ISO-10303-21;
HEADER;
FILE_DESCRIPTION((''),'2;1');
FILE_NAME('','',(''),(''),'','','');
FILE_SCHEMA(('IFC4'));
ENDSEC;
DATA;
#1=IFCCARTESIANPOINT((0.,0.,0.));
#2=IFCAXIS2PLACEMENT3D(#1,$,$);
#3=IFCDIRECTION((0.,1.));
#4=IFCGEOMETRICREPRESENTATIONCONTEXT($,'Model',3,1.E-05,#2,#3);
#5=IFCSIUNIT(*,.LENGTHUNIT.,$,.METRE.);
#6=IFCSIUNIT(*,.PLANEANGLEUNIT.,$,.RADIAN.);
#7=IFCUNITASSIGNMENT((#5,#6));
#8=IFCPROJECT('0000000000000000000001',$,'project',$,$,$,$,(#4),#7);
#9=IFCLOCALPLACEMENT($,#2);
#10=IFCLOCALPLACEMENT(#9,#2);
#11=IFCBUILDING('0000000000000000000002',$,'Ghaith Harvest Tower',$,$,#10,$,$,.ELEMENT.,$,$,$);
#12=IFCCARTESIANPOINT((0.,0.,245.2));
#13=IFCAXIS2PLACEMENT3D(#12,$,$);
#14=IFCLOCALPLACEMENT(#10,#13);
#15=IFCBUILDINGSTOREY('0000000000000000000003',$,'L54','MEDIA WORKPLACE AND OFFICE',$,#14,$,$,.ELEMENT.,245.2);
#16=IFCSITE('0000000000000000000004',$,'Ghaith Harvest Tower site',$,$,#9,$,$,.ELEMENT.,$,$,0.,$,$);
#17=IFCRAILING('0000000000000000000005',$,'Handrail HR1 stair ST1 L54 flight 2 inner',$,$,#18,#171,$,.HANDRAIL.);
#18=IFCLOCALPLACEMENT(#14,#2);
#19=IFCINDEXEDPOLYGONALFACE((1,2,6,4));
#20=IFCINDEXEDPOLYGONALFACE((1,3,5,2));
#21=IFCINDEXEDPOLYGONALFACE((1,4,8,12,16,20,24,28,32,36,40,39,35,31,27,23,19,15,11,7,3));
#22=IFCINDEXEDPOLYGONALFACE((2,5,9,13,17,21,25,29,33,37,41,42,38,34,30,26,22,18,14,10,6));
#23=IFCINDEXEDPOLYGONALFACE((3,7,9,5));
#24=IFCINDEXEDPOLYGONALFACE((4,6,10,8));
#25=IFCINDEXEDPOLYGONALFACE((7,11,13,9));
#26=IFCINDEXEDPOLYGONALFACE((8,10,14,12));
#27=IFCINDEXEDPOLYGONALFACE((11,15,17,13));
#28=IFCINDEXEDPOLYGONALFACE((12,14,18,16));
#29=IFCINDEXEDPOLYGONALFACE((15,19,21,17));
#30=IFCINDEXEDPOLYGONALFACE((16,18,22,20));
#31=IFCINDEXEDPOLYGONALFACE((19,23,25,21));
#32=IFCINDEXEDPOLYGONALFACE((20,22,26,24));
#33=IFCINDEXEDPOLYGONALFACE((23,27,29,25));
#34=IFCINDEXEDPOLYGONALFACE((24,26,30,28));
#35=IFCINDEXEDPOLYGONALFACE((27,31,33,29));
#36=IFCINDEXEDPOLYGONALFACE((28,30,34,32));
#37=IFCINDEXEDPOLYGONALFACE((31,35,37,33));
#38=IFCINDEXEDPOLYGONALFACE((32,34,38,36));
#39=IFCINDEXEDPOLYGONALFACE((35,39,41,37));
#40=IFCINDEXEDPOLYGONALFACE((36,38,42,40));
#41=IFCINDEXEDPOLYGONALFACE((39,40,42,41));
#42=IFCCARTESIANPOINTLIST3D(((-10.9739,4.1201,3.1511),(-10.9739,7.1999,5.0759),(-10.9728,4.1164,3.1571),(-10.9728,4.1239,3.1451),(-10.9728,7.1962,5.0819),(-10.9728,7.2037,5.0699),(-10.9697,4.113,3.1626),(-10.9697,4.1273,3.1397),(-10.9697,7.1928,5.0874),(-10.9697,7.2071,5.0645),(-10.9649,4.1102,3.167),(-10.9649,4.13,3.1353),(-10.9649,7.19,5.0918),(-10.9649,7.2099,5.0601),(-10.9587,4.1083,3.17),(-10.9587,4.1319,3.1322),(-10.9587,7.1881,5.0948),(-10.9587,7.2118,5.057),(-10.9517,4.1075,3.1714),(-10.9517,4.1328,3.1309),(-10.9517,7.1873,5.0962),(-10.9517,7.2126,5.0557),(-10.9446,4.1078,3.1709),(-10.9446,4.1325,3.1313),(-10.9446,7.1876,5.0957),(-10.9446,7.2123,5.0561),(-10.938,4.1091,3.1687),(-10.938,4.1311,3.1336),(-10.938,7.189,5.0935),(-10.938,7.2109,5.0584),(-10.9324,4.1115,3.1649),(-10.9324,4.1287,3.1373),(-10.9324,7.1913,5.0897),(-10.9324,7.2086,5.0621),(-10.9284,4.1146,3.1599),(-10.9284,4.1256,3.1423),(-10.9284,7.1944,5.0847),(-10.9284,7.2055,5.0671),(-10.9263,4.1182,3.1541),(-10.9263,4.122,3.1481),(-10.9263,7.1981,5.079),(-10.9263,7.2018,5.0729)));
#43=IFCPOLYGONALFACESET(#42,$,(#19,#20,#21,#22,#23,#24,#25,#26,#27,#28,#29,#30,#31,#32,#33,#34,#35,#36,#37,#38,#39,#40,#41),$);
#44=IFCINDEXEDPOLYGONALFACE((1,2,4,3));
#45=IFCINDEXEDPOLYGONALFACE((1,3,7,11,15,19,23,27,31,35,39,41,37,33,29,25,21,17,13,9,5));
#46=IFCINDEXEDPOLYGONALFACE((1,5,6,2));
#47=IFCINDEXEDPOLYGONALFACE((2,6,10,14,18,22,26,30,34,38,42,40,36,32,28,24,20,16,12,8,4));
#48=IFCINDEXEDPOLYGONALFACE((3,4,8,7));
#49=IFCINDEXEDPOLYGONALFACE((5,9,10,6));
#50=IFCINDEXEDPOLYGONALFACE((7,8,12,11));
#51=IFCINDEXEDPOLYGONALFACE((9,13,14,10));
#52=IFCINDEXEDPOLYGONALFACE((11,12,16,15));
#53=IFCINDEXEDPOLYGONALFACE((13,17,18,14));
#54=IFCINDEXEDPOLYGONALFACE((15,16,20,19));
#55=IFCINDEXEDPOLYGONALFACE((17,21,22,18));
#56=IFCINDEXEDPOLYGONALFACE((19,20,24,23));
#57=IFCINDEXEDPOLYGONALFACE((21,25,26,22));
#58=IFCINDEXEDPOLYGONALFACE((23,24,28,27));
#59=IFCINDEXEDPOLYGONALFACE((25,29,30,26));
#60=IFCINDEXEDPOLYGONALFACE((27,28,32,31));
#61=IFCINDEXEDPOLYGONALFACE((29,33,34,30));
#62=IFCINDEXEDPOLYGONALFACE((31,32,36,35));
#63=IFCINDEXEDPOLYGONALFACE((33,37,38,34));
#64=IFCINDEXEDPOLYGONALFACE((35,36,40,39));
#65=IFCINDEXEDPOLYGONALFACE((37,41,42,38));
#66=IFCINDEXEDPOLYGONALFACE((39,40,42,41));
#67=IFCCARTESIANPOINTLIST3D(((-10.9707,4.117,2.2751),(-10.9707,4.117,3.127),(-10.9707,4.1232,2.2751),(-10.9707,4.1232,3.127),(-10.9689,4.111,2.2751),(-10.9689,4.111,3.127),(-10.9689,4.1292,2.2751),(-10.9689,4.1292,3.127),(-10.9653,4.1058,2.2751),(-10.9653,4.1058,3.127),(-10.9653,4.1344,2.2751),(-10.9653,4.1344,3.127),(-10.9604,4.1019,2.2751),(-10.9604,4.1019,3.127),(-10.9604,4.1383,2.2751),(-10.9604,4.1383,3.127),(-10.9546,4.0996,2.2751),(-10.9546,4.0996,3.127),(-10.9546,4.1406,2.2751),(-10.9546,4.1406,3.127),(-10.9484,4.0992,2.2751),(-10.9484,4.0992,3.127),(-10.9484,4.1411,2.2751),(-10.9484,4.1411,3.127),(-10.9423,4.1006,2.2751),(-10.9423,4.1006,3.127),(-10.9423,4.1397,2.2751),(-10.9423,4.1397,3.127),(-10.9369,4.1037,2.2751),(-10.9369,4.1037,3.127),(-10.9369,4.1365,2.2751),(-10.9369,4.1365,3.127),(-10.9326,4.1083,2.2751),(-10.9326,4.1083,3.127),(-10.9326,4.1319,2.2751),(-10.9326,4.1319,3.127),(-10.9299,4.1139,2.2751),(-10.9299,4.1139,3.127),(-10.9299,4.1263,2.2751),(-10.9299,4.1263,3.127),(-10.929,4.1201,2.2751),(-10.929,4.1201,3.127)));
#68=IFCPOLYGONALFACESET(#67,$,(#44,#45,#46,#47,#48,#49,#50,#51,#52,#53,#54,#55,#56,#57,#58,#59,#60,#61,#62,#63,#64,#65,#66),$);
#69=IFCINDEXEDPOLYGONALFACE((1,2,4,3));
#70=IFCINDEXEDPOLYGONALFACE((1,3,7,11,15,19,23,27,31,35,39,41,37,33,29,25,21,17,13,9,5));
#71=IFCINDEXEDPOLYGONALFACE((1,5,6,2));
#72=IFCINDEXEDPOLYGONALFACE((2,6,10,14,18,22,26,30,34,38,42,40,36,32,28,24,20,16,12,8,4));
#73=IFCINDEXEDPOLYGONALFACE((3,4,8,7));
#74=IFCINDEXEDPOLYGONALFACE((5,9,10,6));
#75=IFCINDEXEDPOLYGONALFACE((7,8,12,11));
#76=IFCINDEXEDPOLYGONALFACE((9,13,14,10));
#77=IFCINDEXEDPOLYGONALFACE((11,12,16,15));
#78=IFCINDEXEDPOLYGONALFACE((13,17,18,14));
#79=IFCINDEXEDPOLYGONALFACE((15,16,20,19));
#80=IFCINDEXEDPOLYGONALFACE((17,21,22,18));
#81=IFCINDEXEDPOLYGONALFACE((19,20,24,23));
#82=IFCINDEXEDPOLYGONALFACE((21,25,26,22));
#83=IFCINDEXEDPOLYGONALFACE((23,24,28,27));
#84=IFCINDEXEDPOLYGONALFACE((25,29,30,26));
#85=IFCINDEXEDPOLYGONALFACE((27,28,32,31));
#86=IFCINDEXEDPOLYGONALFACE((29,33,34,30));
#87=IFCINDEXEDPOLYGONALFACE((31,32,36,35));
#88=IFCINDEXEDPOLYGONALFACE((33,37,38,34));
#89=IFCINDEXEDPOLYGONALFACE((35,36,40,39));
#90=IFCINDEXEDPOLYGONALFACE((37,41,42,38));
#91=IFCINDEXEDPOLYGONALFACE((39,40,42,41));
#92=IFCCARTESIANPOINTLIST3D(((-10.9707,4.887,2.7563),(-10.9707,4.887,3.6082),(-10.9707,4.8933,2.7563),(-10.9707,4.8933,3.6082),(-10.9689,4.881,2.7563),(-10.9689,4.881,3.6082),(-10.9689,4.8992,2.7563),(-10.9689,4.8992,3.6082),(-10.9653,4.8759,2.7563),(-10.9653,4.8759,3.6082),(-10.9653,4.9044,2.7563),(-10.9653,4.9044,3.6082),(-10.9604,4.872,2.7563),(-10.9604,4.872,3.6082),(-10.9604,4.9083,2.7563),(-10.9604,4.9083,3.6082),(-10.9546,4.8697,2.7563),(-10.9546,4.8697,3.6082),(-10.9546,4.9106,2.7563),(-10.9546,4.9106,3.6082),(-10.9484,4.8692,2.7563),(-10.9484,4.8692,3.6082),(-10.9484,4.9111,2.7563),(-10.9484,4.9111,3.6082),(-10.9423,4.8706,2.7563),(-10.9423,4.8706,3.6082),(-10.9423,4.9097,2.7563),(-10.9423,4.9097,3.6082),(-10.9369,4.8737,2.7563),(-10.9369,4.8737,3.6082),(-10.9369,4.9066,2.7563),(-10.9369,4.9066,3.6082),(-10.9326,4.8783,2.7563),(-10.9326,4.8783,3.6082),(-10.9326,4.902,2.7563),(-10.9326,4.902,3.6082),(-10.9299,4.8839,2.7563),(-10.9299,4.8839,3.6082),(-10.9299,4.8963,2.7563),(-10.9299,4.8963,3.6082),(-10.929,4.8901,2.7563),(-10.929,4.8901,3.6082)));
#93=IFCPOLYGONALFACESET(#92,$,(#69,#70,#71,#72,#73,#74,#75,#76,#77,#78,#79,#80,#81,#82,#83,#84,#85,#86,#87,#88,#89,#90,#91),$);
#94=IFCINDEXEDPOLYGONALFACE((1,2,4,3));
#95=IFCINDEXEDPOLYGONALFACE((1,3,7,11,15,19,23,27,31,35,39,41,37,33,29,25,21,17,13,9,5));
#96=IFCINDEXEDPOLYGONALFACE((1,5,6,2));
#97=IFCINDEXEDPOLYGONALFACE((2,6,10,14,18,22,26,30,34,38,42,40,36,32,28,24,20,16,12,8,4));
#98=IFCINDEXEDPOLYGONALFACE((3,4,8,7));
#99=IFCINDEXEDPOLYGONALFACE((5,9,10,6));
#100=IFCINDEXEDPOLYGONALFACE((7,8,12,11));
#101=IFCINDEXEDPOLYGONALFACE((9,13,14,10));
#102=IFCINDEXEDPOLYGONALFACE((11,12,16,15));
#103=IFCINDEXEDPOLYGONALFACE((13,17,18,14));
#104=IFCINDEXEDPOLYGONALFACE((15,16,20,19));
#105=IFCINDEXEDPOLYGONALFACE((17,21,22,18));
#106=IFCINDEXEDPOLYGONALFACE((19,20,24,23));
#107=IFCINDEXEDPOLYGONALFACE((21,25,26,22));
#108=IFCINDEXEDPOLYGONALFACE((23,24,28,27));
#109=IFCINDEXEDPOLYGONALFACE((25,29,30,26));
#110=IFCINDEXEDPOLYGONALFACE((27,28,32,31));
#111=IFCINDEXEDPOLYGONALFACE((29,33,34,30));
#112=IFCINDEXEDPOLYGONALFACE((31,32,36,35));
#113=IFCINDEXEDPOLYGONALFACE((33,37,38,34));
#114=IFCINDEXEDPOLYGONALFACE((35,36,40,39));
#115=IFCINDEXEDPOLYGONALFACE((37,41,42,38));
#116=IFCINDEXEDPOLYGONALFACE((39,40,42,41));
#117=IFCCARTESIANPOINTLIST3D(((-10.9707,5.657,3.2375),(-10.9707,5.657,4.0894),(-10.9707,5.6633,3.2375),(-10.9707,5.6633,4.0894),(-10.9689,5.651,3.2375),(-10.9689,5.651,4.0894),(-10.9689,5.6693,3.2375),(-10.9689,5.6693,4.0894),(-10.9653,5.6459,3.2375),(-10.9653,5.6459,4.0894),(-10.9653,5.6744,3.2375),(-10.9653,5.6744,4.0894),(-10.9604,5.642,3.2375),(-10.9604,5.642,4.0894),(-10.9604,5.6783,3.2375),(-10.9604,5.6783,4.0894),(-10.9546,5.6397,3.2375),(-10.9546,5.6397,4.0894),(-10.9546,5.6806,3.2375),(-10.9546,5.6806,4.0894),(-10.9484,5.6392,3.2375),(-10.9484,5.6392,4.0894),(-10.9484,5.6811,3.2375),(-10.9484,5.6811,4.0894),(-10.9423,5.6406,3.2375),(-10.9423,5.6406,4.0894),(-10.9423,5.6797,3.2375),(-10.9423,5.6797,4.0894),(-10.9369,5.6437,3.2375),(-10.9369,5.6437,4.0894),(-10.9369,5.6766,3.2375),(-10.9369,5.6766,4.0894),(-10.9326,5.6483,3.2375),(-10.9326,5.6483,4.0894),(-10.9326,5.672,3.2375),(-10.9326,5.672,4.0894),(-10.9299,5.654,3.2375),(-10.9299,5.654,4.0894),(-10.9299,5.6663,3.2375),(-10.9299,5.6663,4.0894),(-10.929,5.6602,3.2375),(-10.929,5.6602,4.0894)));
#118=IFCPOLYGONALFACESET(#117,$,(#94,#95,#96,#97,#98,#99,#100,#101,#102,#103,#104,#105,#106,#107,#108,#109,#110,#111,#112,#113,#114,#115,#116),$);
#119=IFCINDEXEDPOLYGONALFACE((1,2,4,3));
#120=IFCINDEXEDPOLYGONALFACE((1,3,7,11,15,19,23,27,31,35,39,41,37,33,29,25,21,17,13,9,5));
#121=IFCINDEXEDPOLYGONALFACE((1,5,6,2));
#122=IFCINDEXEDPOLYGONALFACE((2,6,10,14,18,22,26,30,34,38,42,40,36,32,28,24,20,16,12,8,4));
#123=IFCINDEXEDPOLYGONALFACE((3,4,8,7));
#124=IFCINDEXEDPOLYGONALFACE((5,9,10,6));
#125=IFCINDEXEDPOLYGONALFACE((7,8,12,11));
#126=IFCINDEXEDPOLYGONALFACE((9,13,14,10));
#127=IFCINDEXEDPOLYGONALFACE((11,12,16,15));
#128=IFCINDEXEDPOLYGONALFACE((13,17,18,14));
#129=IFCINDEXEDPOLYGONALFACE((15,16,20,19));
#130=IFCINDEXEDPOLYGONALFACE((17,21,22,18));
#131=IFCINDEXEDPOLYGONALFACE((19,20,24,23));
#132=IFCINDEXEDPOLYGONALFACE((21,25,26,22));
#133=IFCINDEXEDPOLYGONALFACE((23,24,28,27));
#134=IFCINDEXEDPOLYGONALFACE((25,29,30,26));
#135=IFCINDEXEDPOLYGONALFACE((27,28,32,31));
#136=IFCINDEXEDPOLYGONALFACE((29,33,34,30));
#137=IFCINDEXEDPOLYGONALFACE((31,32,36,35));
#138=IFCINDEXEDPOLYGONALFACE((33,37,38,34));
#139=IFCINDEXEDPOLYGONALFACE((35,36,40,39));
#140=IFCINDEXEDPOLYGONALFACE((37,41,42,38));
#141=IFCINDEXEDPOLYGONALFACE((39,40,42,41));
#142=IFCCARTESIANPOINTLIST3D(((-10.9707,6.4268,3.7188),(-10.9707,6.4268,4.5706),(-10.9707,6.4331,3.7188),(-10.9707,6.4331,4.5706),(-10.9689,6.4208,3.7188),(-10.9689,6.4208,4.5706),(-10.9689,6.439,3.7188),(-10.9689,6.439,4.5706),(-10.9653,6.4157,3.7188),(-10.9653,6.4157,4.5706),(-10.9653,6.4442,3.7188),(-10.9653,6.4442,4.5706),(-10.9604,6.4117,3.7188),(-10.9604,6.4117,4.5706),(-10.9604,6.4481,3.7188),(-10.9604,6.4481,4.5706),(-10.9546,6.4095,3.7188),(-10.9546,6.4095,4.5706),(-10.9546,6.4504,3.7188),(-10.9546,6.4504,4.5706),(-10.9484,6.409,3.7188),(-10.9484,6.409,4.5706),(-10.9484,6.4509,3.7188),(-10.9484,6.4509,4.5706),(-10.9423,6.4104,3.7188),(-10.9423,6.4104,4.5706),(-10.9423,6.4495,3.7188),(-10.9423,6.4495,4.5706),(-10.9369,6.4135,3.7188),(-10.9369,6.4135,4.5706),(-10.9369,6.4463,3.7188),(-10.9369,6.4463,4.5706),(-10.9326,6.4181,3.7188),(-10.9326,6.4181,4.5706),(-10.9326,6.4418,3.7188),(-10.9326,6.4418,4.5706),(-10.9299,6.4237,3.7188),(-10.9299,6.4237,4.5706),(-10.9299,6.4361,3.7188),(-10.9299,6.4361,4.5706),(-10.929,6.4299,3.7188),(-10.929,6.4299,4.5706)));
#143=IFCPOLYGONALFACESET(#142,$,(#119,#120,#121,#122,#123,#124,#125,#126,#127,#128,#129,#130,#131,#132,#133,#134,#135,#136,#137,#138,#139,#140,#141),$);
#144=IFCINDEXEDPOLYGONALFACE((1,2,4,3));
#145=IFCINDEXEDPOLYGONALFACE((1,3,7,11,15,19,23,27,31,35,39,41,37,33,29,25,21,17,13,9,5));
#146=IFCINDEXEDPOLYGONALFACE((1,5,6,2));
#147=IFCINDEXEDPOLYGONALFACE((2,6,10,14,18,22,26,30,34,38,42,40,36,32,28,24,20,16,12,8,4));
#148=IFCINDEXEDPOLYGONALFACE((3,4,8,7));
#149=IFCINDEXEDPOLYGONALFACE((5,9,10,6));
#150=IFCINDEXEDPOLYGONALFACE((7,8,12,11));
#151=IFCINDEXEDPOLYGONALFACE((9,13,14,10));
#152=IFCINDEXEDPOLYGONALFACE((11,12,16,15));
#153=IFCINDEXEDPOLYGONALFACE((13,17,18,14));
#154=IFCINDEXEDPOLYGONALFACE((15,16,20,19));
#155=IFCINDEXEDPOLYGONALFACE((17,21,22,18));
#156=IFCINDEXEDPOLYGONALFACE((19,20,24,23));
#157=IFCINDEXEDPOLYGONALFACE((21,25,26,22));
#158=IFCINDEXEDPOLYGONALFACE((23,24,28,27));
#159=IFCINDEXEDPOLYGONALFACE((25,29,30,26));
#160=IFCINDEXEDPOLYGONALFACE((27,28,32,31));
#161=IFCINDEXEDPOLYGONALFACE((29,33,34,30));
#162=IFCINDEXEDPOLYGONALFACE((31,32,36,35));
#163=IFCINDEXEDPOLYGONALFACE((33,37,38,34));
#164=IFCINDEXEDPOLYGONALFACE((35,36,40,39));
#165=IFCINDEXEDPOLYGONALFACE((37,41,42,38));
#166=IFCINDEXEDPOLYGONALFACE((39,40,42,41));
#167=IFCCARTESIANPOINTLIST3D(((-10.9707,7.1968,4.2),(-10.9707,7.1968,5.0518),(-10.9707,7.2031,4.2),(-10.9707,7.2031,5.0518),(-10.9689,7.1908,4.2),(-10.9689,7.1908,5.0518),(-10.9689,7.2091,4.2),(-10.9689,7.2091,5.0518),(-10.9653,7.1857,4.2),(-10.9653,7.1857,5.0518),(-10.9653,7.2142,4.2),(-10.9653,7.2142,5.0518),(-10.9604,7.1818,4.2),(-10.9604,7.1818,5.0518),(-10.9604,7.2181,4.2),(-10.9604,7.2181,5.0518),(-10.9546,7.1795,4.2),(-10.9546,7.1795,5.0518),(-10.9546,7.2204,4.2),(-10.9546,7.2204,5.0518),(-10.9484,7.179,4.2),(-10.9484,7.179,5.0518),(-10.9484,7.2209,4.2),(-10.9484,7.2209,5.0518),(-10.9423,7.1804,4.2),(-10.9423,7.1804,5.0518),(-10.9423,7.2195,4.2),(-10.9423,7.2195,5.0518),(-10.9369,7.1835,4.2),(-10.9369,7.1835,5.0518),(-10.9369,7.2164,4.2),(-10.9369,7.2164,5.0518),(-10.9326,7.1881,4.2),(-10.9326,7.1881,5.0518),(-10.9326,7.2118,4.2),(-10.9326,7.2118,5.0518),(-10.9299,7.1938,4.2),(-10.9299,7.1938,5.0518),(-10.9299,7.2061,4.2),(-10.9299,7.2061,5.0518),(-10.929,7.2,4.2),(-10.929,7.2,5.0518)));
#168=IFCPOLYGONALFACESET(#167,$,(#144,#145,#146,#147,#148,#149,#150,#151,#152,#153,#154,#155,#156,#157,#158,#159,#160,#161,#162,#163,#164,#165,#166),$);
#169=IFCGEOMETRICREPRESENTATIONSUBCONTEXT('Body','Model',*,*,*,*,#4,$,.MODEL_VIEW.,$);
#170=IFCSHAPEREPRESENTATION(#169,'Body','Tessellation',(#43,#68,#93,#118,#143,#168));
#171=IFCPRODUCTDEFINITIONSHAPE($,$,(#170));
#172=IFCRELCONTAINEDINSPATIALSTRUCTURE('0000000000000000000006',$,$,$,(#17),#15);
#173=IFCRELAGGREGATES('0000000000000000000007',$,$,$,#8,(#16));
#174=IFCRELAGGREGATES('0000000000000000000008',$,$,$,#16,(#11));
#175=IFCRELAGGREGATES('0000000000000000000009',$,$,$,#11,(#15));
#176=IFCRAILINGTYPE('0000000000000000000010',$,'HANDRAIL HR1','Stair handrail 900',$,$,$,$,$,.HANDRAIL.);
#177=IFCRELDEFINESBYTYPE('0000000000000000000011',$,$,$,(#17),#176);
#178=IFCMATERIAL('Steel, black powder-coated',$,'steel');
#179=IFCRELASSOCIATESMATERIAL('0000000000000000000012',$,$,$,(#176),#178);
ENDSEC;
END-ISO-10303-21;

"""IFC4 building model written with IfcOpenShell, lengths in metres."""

from ifc_helpers import new_model, si_unit, direction, frame, origin, origin_2d, place, context, subcontext, project, spatial, circle, extrude, material, type_object, element, save


model = new_model("IFC4")

# Units and contexts
model_context = context("Model", 3, precision=1e-05, world=origin(), true_north=direction((0.0, 1.0)))
body_context = subcontext(model_context, "Body", "Model", "MODEL_VIEW")
ifc_project = project(units=[si_unit("LENGTHUNIT", "METRE"), si_unit("PLANEANGLEUNIT", "RADIAN")], contexts=[model_context])

# Site, building, storey
site_placement = place(None, origin())
site = spatial("IfcSite", under=ifc_project, at=site_placement, Name="Ghaith Harvest Tower site", CompositionType="ELEMENT", RefElevation=0.0)
building_placement = place(site_placement, origin())
building = spatial("IfcBuilding", under=site, at=building_placement, Name="Ghaith Harvest Tower", CompositionType="ELEMENT")
storey_placement = place(building_placement, frame((0.0, 0.0, 245.2)))
storey = spatial("IfcBuildingStorey", under=building, at=storey_placement, Name="L54", Description="MEDIA WORKPLACE AND OFFICE", CompositionType="ELEMENT", Elevation=245.2)

# Railing
ifc_material_1 = material(Name="Steel, black powder-coated", Category="steel")
railing_type = type_object("IfcRailingType", Name="HANDRAIL HR1", Description="Stair handrail 900", PredefinedType="HANDRAIL", material=ifc_material_1)
railing_1_placement = place(storey_placement, frame((-10.95, 4.1201, 2.2751)))
element("IfcRailing", 1, at=railing_1_placement, inside=storey, type_object=railing_type, Name="Handrail HR1 stair ST1 L54 flight 2 inner", PredefinedType="HANDRAIL", context=body_context, shape_type="SweptSolid", body=[
    extrude(circle(Radius=0.0239, at=origin_2d()), frame((0.0, 0.0, 0.876), z_axis=(0.0, 0.84801, 0.529981), x_axis=(-1.0, 0.0, 0.0)), (0.0, 0.0, 1.0), 3.6318),
    extrude(circle(Radius=0.021, at=origin_2d()), origin(), (0.0, 0.0, 1.0), 0.8518),
    extrude(circle(Radius=0.021, at=origin_2d()), frame((0.0, 0.77, 0.4812)), (0.0, 0.0, 1.0), 0.8518),
    extrude(circle(Radius=0.021, at=origin_2d()), frame((0.0, 1.54, 0.9624)), (0.0, 0.0, 1.0), 0.8518),
    extrude(circle(Radius=0.021, at=origin_2d()), frame((0.0, 2.3098, 1.4436)), (0.0, 0.0, 1.0), 0.8518),
    extrude(circle(Radius=0.021, at=origin_2d()), frame((0.0, 3.0798, 1.9248)), (0.0, 0.0, 1.0), 0.8518),
])

save(model, "model.ifc")
